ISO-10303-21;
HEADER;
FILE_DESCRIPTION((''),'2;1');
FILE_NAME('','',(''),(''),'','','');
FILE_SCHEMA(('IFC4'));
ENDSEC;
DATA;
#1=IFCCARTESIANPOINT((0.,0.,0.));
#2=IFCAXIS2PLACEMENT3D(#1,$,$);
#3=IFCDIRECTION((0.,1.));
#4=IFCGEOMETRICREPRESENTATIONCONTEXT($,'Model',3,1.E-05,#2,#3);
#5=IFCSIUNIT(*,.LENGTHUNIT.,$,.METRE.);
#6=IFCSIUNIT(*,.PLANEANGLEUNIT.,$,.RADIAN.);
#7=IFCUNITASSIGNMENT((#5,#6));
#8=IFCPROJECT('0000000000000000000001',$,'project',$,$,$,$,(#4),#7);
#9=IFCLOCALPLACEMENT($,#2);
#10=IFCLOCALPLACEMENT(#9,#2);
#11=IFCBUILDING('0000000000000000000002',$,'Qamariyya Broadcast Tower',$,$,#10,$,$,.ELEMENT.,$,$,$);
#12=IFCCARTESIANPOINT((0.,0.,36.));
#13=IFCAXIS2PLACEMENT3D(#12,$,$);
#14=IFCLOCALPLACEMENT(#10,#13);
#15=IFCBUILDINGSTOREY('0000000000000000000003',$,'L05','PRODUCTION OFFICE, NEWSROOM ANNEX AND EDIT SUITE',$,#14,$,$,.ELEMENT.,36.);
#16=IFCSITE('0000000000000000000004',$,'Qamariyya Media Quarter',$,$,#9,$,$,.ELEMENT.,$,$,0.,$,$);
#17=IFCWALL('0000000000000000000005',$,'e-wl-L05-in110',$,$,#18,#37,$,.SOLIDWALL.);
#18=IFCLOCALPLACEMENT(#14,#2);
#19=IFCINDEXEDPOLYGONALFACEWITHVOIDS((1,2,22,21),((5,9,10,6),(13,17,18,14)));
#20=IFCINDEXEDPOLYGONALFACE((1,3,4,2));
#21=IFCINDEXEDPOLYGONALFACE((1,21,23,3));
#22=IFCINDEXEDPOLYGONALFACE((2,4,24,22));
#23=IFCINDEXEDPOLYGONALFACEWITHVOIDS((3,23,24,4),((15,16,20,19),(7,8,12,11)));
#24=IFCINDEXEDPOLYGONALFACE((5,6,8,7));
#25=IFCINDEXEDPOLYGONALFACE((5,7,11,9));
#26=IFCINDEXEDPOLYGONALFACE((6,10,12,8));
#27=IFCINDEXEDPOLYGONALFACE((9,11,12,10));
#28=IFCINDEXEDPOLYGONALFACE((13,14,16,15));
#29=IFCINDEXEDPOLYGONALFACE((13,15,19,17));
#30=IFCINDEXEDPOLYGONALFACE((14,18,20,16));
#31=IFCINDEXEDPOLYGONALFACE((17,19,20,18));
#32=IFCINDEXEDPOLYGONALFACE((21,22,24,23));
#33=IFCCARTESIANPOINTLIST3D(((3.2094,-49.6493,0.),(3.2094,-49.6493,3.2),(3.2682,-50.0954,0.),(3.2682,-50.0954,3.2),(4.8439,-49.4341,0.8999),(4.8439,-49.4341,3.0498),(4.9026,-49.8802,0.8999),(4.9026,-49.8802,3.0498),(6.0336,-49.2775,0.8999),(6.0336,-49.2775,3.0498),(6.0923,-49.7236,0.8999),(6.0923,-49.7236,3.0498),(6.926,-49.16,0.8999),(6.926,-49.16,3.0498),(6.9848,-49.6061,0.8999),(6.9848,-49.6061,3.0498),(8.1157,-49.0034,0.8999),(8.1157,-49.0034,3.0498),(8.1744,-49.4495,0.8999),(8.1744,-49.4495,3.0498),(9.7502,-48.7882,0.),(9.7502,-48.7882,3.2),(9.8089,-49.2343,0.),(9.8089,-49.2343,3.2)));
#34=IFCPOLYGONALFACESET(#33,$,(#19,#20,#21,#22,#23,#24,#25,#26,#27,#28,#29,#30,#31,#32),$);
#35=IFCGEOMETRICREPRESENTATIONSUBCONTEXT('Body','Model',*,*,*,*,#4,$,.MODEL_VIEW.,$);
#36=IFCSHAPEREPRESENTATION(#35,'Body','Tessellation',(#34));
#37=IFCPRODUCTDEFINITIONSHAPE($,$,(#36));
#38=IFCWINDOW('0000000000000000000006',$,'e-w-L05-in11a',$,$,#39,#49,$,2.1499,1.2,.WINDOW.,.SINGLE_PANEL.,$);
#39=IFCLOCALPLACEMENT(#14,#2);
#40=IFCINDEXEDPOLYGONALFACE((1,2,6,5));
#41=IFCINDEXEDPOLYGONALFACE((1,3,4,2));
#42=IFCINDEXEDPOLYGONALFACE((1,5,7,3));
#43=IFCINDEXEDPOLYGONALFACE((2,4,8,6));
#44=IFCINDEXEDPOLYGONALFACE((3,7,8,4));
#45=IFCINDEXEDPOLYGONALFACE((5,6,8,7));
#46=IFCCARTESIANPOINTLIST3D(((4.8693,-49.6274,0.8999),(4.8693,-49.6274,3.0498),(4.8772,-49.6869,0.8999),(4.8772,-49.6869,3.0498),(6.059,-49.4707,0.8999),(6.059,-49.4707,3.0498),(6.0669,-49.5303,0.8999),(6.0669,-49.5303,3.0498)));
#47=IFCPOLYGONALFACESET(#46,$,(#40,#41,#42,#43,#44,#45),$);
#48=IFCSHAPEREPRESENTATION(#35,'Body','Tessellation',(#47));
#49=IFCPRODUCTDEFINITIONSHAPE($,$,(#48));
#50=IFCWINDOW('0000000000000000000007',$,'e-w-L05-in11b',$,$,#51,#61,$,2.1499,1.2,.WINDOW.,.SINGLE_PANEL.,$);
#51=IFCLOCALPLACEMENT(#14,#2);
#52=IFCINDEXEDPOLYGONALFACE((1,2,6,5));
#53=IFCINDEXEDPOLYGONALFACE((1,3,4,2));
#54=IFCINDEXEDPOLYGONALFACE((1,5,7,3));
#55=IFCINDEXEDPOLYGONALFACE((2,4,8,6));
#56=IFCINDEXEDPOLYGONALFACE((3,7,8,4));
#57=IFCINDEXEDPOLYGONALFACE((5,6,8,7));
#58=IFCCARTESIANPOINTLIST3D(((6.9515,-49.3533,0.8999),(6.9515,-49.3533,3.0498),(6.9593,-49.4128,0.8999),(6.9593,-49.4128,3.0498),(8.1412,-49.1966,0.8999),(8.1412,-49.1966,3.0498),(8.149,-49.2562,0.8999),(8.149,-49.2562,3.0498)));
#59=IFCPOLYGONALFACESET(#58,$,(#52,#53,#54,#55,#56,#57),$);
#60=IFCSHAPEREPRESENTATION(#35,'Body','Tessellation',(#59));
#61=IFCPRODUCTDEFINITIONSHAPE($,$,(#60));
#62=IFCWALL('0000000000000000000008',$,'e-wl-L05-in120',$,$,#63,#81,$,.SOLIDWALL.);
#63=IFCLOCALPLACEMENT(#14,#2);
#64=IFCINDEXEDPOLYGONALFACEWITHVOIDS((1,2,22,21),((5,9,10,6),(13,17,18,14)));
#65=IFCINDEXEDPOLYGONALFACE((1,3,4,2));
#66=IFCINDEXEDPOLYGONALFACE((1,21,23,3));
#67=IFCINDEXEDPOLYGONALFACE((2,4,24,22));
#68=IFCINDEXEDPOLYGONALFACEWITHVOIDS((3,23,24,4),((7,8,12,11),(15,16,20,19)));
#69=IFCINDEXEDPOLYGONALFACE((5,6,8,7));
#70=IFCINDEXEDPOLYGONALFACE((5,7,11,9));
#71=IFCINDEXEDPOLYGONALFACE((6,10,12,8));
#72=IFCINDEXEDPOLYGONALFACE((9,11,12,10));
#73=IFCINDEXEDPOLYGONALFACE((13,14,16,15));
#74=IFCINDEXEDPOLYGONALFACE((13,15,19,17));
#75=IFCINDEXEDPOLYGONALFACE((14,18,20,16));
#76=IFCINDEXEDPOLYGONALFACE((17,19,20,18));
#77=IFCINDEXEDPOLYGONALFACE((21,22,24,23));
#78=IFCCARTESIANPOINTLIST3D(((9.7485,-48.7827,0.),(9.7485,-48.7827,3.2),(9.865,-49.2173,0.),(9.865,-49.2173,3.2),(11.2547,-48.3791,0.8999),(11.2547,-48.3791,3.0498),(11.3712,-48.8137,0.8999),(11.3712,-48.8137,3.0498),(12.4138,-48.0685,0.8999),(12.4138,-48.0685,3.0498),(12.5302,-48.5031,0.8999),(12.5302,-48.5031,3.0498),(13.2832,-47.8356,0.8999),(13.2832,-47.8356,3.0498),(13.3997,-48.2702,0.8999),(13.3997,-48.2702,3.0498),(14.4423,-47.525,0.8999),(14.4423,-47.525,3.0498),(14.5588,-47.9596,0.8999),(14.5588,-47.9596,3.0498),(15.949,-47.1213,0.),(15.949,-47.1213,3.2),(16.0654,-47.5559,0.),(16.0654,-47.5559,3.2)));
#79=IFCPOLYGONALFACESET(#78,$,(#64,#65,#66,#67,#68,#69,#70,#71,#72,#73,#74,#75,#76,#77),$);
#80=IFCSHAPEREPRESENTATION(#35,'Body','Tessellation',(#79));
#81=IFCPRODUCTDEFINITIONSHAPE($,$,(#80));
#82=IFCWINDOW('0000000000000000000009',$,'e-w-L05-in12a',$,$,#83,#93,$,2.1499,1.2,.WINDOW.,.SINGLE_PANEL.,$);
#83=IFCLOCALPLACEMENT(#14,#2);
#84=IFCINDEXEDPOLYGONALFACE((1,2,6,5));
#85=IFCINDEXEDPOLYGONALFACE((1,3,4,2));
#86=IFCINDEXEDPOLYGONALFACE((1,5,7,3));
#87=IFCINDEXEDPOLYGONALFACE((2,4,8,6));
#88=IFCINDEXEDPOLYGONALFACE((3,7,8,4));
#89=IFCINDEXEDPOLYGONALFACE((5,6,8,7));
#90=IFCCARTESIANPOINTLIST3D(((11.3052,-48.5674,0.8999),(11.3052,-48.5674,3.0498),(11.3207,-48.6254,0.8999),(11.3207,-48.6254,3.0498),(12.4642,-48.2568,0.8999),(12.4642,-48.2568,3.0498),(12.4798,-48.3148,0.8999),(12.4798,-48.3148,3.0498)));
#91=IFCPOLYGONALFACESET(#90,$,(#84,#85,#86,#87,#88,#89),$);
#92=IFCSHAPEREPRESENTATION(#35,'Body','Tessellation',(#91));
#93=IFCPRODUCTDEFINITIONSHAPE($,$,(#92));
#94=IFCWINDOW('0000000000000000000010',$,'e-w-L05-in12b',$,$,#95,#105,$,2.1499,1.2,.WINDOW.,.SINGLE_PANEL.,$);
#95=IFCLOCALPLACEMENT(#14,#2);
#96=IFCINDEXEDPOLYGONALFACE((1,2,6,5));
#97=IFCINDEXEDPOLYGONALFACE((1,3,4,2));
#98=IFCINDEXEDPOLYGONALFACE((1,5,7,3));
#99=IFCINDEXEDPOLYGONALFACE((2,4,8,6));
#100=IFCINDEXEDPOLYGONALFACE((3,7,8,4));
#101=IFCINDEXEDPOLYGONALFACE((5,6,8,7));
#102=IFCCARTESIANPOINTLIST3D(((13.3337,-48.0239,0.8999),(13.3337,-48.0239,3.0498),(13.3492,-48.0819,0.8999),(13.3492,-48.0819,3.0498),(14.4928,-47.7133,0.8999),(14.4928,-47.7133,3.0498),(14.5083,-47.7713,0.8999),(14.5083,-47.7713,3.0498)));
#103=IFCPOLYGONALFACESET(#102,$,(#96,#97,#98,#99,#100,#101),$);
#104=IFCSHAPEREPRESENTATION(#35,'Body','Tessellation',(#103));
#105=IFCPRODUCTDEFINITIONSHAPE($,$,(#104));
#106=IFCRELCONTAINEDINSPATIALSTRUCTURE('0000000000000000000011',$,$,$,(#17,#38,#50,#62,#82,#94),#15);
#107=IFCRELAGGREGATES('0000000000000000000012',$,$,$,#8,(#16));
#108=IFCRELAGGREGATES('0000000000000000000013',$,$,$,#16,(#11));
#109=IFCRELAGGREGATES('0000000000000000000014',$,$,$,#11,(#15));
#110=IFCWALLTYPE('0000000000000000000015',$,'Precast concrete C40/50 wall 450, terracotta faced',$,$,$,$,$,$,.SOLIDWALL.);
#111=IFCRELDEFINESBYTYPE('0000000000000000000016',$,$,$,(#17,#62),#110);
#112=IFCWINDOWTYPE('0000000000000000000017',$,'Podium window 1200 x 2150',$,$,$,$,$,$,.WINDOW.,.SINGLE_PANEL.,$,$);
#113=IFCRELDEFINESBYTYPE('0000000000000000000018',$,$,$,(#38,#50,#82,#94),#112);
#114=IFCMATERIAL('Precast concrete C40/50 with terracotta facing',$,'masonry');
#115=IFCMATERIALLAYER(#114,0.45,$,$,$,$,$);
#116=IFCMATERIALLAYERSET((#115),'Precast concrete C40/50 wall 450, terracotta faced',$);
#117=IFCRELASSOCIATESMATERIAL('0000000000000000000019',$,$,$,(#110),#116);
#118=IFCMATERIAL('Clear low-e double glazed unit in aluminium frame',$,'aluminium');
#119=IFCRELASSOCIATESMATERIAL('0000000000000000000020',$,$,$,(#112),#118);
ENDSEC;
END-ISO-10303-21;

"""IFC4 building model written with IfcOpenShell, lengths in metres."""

from ifc_helpers import new_model, si_unit, direction, frame, frame_2d, origin, place, context, subcontext, project, spatial, rectangle, extrude, material, layer, layer_set, type_object, element, fill, save


model = new_model("IFC4")

# Units and contexts
model_context = context("Model", 3, precision=1e-05, world=origin(), true_north=direction((0.0, 1.0)))
body_context = subcontext(model_context, "Body", "Model", "MODEL_VIEW")
ifc_project = project(units=[si_unit("LENGTHUNIT", "METRE"), si_unit("PLANEANGLEUNIT", "RADIAN")], contexts=[model_context])

# Site, building, storey
site_placement = place(None, origin())
site = spatial("IfcSite", under=ifc_project, at=site_placement, Name="Qamariyya Media Quarter", CompositionType="ELEMENT", RefElevation=0.0)
building_placement = place(site_placement, origin())
building = spatial("IfcBuilding", under=site, at=building_placement, Name="Qamariyya Broadcast Tower", CompositionType="ELEMENT")
storey_placement = place(building_placement, frame((0.0, 0.0, 36.0)))
storey = spatial("IfcBuildingStorey", under=building, at=storey_placement, Name="L05", Description="PRODUCTION OFFICE, NEWSROOM ANNEX AND EDIT SUITE", CompositionType="ELEMENT", Elevation=36.0)

# Walls, openings, windows
ifc_material_1 = material(Name="Precast concrete C40/50 with terracotta facing", Category="masonry")
ifc_layer_1 = layer(ifc_material_1, 0.45)
ifc_layer_set_1 = layer_set([ifc_layer_1], Name="Precast concrete C40/50 wall 450, terracotta faced")
wall_type_1 = type_object("IfcWallType", Name="Precast concrete C40/50 wall 450, terracotta faced", PredefinedType="SOLIDWALL", material=ifc_layer_set_1)
ifc_material_2 = material(Name="Clear low-e double glazed unit in aluminium frame", Category="aluminium")
window_type = type_object("IfcWindowType", Name="Podium window 1200 x 2150", PartitioningType="SINGLE_PANEL", PredefinedType="WINDOW", material=ifc_material_2)
wall_1_placement = place(storey_placement, frame((9.7795, -49.0112, 0.0), z_axis=(0.0, 0.0, 1.0), x_axis=(-0.991445, -0.130522, 0.0)))
wall_1 = element("IfcWall", 1, at=wall_1_placement, inside=storey, type_object=wall_type_1, Name="e-wl-L05-in110", PredefinedType="SOLIDWALL", context=body_context, shape_type="SweptSolid", body=[
    extrude(rectangle(XDim=6.5972, YDim=0.45, at=frame_2d((3.2986, 0.0))), origin(), (0.0, 0.0, 1.0), 3.2),
])
opening_1_placement = place(wall_1_placement, frame((3.7485, 0.0, 0.8999)))
opening_1 = element("IfcOpeningElement", 2, at=opening_1_placement, cuts=wall_1, PredefinedType="OPENING", context=body_context, shape_type="SweptSolid", body=[
    extrude(rectangle(XDim=1.2, YDim=2.1499, at=frame_2d((0.6001, 1.075))), frame((0.0, 0.2349, 0.0), z_axis=(0.0, -1.0, 0.0), x_axis=(1.0, 0.0, 0.0)), (0.0, 0.0, 1.0), 0.47),
])
opening_2_placement = place(wall_1_placement, frame((1.6484, 0.0, 0.8999)))
opening_2 = element("IfcOpeningElement", 3, at=opening_2_placement, cuts=wall_1, PredefinedType="OPENING", context=body_context, shape_type="SweptSolid", body=[
    extrude(rectangle(XDim=1.2, YDim=2.1499, at=frame_2d((0.6001, 1.075))), frame((0.0, 0.2349, 0.0), z_axis=(0.0, -1.0, 0.0), x_axis=(1.0, 0.0, 0.0)), (0.0, 0.0, 1.0), 0.47),
])
window_1_placement = place(opening_1_placement, origin())
window_1 = element("IfcWindow", 4, at=window_1_placement, inside=storey, type_object=window_type, Name="e-w-L05-in11a", OverallHeight=2.1499, OverallWidth=1.2, PartitioningType="SINGLE_PANEL", PredefinedType="WINDOW", context=body_context, shape_type="SweptSolid", body=[
    extrude(rectangle(XDim=1.2, YDim=2.1499, at=frame_2d((0.6001, 1.075))), frame((0.0, 0.03, 0.0), z_axis=(0.0, -1.0, 0.0), x_axis=(1.0, 0.0, 0.0)), (0.0, 0.0, 1.0), 0.0601),
])
fill(opening_1, window_1)
window_2_placement = place(opening_2_placement, origin())
window_2 = element("IfcWindow", 5, at=window_2_placement, inside=storey, type_object=window_type, Name="e-w-L05-in11b", OverallHeight=2.1499, OverallWidth=1.2, PartitioningType="SINGLE_PANEL", PredefinedType="WINDOW", context=body_context, shape_type="SweptSolid", body=[
    extrude(rectangle(XDim=1.2, YDim=2.1499, at=frame_2d((0.6001, 1.075))), frame((0.0, 0.03, 0.0), z_axis=(0.0, -1.0, 0.0), x_axis=(1.0, 0.0, 0.0)), (0.0, 0.0, 1.0), 0.0601),
])
fill(opening_2, window_2)
wall_2_placement = place(storey_placement, frame((16.0071, -47.3386, 0.0), z_axis=(0.0, 0.0, 1.0), x_axis=(-0.965927, -0.258815, 0.0)))
wall_2 = element("IfcWall", 6, at=wall_2_placement, inside=storey, type_object=wall_type_1, Name="e-wl-L05-in120", PredefinedType="SOLIDWALL", context=body_context, shape_type="SweptSolid", body=[
    extrude(rectangle(XDim=6.4192, YDim=0.45, at=frame_2d((3.2095, 0.0))), origin(), (0.0, 0.0, 1.0), 3.2),
])
opening_3_placement = place(wall_2_placement, frame((3.6597, 0.0, 0.8999)))
opening_3 = element("IfcOpeningElement", 7, at=opening_3_placement, cuts=wall_2, PredefinedType="OPENING", context=body_context, shape_type="SweptSolid", body=[
    extrude(rectangle(XDim=1.2, YDim=2.1499, at=frame_2d((0.6001, 1.075))), frame((0.0, 0.2349, 0.0), z_axis=(0.0, -1.0, 0.0), x_axis=(1.0, 0.0, 0.0)), (0.0, 0.0, 1.0), 0.47),
])
opening_4_placement = place(wall_2_placement, frame((1.5596, 0.0, 0.8999)))
opening_4 = element("IfcOpeningElement", 8, at=opening_4_placement, cuts=wall_2, PredefinedType="OPENING", context=body_context, shape_type="SweptSolid", body=[
    extrude(rectangle(XDim=1.2, YDim=2.1499, at=frame_2d((0.6001, 1.075))), frame((0.0, 0.2349, 0.0), z_axis=(0.0, -1.0, 0.0), x_axis=(1.0, 0.0, 0.0)), (0.0, 0.0, 1.0), 0.47),
])
window_3_placement = place(opening_3_placement, origin())
window_3 = element("IfcWindow", 9, at=window_3_placement, inside=storey, type_object=window_type, Name="e-w-L05-in12a", OverallHeight=2.1499, OverallWidth=1.2, PartitioningType="SINGLE_PANEL", PredefinedType="WINDOW", context=body_context, shape_type="SweptSolid", body=[
    extrude(rectangle(XDim=1.2, YDim=2.1499, at=frame_2d((0.6001, 1.075))), frame((0.0, 0.03, 0.0), z_axis=(0.0, -1.0, 0.0), x_axis=(1.0, 0.0, 0.0)), (0.0, 0.0, 1.0), 0.0601),
])
fill(opening_3, window_3)
window_4_placement = place(opening_4_placement, origin())
window_4 = element("IfcWindow", 10, at=window_4_placement, inside=storey, type_object=window_type, Name="e-w-L05-in12b", OverallHeight=2.1499, OverallWidth=1.2, PartitioningType="SINGLE_PANEL", PredefinedType="WINDOW", context=body_context, shape_type="SweptSolid", body=[
    extrude(rectangle(XDim=1.2, YDim=2.1499, at=frame_2d((0.6001, 1.075))), frame((0.0, 0.03, 0.0), z_axis=(0.0, -1.0, 0.0), x_axis=(1.0, 0.0, 0.0)), (0.0, 0.0, 1.0), 0.0601),
])
fill(opening_4, window_4)

save(model, "model.ifc")
